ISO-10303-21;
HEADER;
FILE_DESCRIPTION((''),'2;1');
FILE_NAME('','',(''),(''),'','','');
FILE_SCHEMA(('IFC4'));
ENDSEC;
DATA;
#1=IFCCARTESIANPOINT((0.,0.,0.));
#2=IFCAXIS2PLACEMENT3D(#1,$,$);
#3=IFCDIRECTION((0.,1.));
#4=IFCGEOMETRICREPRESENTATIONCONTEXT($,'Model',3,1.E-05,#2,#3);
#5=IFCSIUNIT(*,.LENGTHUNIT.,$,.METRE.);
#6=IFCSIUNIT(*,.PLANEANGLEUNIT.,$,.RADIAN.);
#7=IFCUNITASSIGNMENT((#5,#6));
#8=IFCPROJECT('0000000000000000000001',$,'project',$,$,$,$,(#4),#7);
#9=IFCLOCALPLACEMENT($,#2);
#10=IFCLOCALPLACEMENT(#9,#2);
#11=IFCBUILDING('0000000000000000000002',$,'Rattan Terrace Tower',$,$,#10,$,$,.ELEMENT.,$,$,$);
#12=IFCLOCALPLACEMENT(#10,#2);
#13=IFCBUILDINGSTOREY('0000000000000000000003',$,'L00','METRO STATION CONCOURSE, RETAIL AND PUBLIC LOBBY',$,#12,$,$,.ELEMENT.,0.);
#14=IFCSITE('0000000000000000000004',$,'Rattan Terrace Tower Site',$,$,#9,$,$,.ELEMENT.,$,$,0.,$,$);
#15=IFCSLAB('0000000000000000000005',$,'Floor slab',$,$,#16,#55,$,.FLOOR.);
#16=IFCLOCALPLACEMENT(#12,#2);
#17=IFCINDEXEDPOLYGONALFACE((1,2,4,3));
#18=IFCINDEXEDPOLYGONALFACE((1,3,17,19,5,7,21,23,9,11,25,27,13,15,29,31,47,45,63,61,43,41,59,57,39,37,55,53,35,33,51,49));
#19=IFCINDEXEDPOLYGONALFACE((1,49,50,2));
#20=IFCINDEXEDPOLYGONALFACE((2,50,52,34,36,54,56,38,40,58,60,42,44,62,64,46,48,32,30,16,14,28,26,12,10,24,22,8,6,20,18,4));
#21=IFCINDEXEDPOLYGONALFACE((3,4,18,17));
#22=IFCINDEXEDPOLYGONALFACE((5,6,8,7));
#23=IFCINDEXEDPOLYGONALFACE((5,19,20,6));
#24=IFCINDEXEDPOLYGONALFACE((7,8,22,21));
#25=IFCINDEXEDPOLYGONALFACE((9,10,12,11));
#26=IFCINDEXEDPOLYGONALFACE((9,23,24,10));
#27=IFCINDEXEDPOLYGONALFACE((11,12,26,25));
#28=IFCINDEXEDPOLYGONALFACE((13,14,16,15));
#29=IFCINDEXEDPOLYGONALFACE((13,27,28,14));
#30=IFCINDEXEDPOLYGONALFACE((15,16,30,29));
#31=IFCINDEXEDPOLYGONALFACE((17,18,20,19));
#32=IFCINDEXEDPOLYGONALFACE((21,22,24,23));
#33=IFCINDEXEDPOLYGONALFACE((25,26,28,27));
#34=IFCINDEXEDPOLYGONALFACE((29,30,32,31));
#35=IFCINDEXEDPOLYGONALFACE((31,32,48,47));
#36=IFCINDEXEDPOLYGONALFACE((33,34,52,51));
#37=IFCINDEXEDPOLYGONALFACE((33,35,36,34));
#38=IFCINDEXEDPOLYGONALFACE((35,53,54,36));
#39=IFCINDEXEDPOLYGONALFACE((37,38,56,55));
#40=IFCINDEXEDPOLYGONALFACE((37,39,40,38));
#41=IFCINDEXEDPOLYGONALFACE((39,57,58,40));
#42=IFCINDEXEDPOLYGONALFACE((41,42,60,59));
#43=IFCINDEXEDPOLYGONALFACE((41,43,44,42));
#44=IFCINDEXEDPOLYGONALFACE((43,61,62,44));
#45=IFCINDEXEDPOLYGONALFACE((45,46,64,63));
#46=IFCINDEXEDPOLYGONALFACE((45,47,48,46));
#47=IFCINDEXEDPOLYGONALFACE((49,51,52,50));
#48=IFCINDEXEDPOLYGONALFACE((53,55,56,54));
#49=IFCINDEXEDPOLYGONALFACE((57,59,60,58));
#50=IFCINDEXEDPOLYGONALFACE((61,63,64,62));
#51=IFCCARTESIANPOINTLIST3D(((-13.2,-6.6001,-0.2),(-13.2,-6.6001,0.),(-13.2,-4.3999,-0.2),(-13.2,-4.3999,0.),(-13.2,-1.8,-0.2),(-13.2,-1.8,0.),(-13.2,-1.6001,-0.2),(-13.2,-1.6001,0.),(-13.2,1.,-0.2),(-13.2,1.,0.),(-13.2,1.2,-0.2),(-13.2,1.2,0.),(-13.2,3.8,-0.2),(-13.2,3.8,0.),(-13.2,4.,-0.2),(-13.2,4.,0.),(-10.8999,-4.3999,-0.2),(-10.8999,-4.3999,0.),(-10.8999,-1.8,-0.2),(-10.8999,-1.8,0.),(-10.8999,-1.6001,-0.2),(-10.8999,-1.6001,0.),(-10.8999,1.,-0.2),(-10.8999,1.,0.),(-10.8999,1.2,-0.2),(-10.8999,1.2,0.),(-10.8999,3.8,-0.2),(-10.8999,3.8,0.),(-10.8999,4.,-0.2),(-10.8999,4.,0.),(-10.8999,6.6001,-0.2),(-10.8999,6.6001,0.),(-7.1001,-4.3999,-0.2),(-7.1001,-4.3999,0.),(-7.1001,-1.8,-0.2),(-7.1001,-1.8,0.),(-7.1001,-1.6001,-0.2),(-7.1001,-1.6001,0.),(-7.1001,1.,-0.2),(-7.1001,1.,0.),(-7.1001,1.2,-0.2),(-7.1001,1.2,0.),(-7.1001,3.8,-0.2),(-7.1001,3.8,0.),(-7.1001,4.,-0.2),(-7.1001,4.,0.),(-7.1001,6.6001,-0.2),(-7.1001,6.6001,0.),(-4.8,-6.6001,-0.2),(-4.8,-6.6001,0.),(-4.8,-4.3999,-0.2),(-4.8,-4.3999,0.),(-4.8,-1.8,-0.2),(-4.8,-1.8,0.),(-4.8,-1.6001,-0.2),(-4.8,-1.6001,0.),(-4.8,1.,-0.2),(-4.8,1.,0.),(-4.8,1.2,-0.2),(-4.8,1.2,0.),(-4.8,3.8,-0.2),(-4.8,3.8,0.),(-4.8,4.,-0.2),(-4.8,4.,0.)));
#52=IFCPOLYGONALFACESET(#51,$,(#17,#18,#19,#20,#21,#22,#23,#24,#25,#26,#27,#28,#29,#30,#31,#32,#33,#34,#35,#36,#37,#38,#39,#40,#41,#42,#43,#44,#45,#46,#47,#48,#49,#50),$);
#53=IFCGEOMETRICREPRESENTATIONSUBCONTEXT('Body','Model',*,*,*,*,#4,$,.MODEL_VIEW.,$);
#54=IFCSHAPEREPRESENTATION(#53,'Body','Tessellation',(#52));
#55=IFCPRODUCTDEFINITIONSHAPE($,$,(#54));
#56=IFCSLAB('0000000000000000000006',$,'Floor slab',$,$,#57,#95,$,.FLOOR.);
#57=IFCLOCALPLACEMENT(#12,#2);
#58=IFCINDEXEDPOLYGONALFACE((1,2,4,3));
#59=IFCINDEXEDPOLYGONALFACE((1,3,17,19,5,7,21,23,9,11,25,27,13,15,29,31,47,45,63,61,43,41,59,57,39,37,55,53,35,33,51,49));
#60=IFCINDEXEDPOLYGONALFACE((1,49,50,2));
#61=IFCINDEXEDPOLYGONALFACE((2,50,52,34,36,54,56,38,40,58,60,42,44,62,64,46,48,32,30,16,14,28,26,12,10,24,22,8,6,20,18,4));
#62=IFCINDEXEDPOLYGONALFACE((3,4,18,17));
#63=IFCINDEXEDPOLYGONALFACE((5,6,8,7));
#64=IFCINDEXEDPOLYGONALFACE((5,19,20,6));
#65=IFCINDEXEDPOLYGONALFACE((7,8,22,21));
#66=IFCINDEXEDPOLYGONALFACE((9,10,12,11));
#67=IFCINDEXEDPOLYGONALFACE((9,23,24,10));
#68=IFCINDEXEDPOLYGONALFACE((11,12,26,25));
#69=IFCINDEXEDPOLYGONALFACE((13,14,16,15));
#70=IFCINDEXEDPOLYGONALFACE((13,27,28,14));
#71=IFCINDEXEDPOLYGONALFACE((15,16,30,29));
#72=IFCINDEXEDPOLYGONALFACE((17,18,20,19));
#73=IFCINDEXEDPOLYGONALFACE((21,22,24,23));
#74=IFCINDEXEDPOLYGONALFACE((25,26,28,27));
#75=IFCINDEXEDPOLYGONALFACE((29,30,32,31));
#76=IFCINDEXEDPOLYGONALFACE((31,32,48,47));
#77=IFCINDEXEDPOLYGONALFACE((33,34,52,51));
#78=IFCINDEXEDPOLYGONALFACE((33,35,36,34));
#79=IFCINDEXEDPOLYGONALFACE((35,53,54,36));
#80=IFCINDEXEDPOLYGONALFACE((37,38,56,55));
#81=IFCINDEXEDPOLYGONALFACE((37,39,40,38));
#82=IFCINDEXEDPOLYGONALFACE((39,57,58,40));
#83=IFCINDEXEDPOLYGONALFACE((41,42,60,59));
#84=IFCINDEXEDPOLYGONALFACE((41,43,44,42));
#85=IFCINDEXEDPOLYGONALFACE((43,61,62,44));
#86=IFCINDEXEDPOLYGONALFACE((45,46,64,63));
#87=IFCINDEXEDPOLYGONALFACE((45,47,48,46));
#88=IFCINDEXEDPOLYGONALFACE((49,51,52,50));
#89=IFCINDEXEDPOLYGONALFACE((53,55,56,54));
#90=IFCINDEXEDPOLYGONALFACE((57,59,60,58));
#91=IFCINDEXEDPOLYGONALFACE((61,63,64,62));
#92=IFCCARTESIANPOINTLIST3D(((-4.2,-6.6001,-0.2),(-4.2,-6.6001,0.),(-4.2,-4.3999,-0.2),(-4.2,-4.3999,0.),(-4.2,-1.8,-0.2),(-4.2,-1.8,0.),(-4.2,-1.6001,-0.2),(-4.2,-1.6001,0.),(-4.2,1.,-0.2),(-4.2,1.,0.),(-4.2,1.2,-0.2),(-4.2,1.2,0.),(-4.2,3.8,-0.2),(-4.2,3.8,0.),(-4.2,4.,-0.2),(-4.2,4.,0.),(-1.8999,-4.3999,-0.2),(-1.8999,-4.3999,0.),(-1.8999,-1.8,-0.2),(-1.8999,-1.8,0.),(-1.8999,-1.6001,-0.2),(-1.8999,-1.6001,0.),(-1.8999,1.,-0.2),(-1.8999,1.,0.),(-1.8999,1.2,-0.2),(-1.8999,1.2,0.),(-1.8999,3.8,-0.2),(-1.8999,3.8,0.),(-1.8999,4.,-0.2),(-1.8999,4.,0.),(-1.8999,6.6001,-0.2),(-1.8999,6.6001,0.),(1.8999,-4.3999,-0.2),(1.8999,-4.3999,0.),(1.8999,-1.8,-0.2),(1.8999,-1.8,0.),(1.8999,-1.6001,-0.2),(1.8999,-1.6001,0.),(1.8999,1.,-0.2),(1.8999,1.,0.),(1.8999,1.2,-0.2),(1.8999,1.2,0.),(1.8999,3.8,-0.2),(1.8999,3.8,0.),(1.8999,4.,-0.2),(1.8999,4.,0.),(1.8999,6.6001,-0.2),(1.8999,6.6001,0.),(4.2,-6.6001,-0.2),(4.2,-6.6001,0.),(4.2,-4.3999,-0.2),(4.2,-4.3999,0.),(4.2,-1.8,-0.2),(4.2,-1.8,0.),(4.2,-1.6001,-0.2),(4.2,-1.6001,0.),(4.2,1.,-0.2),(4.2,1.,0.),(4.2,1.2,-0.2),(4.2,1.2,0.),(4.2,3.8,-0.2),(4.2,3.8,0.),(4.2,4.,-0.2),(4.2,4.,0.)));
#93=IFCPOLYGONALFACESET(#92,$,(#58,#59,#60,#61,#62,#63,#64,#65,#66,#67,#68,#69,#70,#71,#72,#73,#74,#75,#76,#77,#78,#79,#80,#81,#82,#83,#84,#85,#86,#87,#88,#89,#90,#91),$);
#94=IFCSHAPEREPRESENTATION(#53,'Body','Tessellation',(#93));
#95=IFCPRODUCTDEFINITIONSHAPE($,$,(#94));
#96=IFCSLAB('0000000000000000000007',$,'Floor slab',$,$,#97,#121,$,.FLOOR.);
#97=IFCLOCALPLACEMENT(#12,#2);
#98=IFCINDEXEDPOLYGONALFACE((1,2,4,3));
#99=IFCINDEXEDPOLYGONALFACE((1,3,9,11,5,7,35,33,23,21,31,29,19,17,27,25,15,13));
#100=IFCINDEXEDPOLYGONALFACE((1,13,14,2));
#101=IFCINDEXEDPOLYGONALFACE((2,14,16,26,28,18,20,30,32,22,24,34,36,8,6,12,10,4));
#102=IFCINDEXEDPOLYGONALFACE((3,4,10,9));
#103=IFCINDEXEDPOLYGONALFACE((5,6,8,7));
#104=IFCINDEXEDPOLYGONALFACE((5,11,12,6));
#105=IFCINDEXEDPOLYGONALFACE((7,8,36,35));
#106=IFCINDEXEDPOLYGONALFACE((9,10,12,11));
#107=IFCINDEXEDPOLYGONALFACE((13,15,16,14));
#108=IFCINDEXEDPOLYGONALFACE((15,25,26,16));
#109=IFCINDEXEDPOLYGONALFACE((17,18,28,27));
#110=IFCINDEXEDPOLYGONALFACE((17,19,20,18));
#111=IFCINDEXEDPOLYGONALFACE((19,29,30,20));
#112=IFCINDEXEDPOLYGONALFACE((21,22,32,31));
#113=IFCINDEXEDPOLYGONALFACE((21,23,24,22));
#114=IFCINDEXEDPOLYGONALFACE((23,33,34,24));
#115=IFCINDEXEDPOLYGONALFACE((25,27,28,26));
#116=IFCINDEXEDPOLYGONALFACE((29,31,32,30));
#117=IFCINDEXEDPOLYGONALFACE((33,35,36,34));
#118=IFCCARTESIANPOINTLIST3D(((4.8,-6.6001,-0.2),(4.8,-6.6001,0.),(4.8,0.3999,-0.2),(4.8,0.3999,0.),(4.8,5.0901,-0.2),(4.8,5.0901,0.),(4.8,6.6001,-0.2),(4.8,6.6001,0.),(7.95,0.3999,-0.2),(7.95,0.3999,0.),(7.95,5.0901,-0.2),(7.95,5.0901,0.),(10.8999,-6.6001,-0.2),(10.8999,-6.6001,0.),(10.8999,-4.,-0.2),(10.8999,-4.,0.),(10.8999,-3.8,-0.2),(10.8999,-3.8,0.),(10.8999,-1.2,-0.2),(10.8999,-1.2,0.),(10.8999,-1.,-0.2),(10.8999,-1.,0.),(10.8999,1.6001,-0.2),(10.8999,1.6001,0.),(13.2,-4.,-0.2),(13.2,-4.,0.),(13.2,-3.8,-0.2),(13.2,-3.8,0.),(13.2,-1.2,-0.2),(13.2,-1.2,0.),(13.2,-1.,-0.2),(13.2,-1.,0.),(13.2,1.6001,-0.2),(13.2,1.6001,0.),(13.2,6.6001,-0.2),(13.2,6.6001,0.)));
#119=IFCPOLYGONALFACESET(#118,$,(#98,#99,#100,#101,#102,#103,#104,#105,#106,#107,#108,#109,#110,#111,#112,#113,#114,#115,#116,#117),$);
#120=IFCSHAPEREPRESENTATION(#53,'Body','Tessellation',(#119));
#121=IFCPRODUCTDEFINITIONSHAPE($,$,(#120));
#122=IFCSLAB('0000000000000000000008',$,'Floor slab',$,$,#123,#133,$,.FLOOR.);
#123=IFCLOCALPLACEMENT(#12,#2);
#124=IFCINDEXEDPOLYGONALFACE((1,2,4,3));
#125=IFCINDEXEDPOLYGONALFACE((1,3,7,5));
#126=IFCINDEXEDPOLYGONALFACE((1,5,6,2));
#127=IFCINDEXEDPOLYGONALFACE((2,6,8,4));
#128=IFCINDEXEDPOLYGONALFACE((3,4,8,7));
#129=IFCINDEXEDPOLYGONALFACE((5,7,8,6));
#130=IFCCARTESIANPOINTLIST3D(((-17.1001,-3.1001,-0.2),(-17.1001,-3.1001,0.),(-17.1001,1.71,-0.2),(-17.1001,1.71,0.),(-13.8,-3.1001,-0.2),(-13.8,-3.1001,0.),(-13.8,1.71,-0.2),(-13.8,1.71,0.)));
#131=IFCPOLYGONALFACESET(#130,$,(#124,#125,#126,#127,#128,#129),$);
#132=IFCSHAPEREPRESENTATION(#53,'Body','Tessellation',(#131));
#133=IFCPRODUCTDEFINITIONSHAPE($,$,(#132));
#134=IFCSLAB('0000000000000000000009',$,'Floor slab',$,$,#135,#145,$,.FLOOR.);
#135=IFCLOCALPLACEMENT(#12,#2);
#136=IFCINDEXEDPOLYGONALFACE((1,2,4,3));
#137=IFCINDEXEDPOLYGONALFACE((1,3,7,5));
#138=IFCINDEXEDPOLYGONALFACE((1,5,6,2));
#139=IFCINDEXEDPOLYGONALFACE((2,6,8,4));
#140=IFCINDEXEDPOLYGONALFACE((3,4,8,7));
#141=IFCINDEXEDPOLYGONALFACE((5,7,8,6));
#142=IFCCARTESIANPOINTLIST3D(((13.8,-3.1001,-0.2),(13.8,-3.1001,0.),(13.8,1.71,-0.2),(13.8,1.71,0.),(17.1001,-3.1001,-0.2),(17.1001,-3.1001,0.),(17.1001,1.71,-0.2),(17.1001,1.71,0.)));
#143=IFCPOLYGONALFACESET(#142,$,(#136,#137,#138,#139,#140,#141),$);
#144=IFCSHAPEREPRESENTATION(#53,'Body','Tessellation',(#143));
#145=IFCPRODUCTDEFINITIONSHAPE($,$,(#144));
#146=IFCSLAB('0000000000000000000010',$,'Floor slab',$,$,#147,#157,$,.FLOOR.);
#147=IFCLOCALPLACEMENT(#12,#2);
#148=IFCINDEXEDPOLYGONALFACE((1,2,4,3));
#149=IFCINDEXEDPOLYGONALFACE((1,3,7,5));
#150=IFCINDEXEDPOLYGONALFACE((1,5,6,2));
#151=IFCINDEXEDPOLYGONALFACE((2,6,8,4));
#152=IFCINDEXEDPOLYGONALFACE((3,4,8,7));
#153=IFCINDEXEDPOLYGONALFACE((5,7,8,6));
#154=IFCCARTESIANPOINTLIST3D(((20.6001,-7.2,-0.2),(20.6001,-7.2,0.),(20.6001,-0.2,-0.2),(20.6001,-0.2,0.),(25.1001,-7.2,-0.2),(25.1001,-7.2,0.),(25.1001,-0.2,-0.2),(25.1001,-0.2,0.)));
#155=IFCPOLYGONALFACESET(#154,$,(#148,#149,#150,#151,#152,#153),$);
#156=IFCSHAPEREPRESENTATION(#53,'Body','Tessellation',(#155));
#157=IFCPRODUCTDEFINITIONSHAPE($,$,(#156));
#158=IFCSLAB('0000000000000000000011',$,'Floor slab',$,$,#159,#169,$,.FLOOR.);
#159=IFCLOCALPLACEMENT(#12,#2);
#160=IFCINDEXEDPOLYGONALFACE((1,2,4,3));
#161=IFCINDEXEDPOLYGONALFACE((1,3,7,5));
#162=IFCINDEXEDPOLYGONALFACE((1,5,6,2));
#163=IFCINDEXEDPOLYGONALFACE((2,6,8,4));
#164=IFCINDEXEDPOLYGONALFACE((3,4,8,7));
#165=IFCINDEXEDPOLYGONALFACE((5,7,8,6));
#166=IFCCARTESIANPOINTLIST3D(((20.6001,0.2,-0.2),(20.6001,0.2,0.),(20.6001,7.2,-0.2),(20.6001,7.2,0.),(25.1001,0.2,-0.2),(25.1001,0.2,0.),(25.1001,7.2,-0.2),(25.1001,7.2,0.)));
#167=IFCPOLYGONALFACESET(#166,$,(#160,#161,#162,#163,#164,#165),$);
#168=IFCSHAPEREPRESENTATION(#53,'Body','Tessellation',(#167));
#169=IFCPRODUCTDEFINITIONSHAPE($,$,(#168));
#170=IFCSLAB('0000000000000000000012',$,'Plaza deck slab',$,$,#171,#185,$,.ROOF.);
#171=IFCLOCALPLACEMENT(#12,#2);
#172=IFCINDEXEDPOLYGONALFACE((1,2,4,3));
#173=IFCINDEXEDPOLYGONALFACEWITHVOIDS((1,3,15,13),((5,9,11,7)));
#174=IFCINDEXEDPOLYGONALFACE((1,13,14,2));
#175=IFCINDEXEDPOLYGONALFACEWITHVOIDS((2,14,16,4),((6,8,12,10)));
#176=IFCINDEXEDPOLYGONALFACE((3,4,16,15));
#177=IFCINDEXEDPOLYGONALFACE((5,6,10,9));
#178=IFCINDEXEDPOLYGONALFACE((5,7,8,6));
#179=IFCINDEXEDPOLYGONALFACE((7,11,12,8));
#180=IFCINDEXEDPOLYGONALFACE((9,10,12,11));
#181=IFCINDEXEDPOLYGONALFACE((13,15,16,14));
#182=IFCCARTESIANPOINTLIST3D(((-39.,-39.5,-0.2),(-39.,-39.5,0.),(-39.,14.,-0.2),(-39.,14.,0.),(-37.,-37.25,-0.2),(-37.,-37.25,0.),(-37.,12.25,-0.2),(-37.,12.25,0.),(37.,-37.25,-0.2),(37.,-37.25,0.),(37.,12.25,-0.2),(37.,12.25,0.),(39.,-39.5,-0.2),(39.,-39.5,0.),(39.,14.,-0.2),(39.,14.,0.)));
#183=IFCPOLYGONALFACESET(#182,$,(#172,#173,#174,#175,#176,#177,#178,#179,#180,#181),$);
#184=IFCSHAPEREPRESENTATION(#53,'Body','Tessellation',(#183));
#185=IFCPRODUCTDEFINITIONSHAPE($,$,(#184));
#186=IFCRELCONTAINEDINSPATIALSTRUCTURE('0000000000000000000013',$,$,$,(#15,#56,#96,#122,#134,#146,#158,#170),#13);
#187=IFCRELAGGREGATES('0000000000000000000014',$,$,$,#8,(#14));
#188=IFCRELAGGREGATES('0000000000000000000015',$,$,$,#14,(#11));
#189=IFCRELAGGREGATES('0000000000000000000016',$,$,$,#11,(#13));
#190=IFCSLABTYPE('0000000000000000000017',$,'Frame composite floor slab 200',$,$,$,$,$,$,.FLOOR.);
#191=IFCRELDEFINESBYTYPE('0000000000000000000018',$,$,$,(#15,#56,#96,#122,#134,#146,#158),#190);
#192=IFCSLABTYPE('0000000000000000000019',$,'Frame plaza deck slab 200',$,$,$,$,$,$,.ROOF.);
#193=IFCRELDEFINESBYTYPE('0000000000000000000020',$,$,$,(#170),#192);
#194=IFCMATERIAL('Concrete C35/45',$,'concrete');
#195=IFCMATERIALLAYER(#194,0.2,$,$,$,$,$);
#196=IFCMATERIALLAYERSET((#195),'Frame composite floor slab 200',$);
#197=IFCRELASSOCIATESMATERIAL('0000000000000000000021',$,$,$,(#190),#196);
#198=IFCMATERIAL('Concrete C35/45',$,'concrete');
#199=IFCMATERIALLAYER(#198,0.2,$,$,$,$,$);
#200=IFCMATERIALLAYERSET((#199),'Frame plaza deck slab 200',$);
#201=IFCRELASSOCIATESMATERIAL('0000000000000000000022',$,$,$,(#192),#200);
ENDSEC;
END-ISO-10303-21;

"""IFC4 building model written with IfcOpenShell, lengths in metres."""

from ifc_helpers import new_model, si_unit, direction, frame, origin, place, context, subcontext, project, spatial, polyline, outline, extrude, material, layer, layer_set, type_object, element, save


model = new_model("IFC4")

# Units and contexts
model_context = context("Model", 3, precision=1e-05, world=origin(), true_north=direction((0.0, 1.0)))
body_context = subcontext(model_context, "Body", "Model", "MODEL_VIEW")
ifc_project = project(units=[si_unit("LENGTHUNIT", "METRE"), si_unit("PLANEANGLEUNIT", "RADIAN")], contexts=[model_context])

# Site, building, storey
site_placement = place(None, origin())
site = spatial("IfcSite", under=ifc_project, at=site_placement, Name="Rattan Terrace Tower Site", CompositionType="ELEMENT", RefElevation=0.0)
building_placement = place(site_placement, origin())
building = spatial("IfcBuilding", under=site, at=building_placement, Name="Rattan Terrace Tower", CompositionType="ELEMENT")
storey_placement = place(building_placement, origin())
storey = spatial("IfcBuildingStorey", under=building, at=storey_placement, Name="L00", Description="METRO STATION CONCOURSE, RETAIL AND PUBLIC LOBBY", CompositionType="ELEMENT", Elevation=0.0)

# Slabs
ifc_material_1 = material(Name="Concrete C35/45", Category="concrete")
ifc_layer_1 = layer(ifc_material_1, 0.2)
ifc_layer_set_1 = layer_set([ifc_layer_1], Name="Frame composite floor slab 200")
slab_type_1 = type_object("IfcSlabType", Name="Frame composite floor slab 200", PredefinedType="FLOOR", material=ifc_layer_set_1)
slab_1_placement = place(storey_placement, frame((0.0, 0.0, -0.2)))
element("IfcSlab", 1, at=slab_1_placement, inside=storey, type_object=slab_type_1, Name="Floor slab", PredefinedType="FLOOR", context=body_context, shape_type="SweptSolid", body=[
    extrude(outline(polyline([(-13.2, 4.0), (-13.2, 3.8), (-10.8999, 3.8), (-10.8999, 1.2), (-13.2, 1.2), (-13.2, 1.0), (-10.8999, 1.0), (-10.8999, -1.6001), (-13.2, -1.6001), (-13.2, -1.8), (-10.8999, -1.8), (-10.8999, -4.3999), (-13.2, -4.3999), (-13.2, -6.6001), (-4.8, -6.6001), (-4.8, -4.3999), (-7.1001, -4.3999), (-7.1001, -1.8), (-4.8, -1.8), (-4.8, -1.6001), (-7.1001, -1.6001), (-7.1001, 1.0), (-4.8, 1.0), (-4.8, 1.2), (-7.1001, 1.2), (-7.1001, 3.8), (-4.8, 3.8), (-4.8, 4.0), (-7.1001, 4.0), (-7.1001, 6.6001), (-10.8999, 6.6001), (-10.8999, 4.0), (-13.2, 4.0)])), origin(), (0.0, 0.0, 1.0), 0.2),
])
slab_2_placement = place(storey_placement, frame((0.0, 0.0, -0.2)))
element("IfcSlab", 2, at=slab_2_placement, inside=storey, type_object=slab_type_1, Name="Floor slab", PredefinedType="FLOOR", context=body_context, shape_type="SweptSolid", body=[
    extrude(outline(polyline([(-4.2, -6.6001), (4.2, -6.6001), (4.2, -4.3999), (1.8999, -4.3999), (1.8999, -1.8), (4.2, -1.8), (4.2, -1.6001), (1.8999, -1.6001), (1.8999, 1.0), (4.2, 1.0), (4.2, 1.2), (1.8999, 1.2), (1.8999, 3.8), (4.2, 3.8), (4.2, 4.0), (1.8999, 4.0), (1.8999, 6.6001), (-1.8999, 6.6001), (-1.8999, 4.0), (-4.2, 4.0), (-4.2, 3.8), (-1.8999, 3.8), (-1.8999, 1.2), (-4.2, 1.2), (-4.2, 1.0), (-1.8999, 1.0), (-1.8999, -1.6001), (-4.2, -1.6001), (-4.2, -1.8), (-1.8999, -1.8), (-1.8999, -4.3999), (-4.2, -4.3999), (-4.2, -6.6001)])), origin(), (0.0, 0.0, 1.0), 0.2),
])
slab_3_placement = place(storey_placement, frame((0.0, 0.0, -0.2)))
element("IfcSlab", 3, at=slab_3_placement, inside=storey, type_object=slab_type_1, Name="Floor slab", PredefinedType="FLOOR", context=body_context, shape_type="SweptSolid", body=[
    extrude(outline(polyline([(4.8, -6.6001), (10.8999, -6.6001), (10.8999, -4.0), (13.2, -4.0), (13.2, -3.8), (10.8999, -3.8), (10.8999, -1.2), (13.2, -1.2), (13.2, -1.0), (10.8999, -1.0), (10.8999, 1.6001), (13.2, 1.6001), (13.2, 6.6001), (4.8, 6.6001), (4.8, 5.0901), (7.95, 5.0901), (7.95, 0.3999), (4.8, 0.3999), (4.8, -6.6001)])), origin(), (0.0, 0.0, 1.0), 0.2),
])
slab_4_placement = place(storey_placement, frame((0.0, 0.0, -0.2)))
element("IfcSlab", 4, at=slab_4_placement, inside=storey, type_object=slab_type_1, Name="Floor slab", PredefinedType="FLOOR", context=body_context, shape_type="SweptSolid", body=[
    extrude(outline(polyline([(-17.1001, -3.1001), (-13.8, -3.1001), (-13.8, 1.71), (-17.1001, 1.71), (-17.1001, -3.1001)])), origin(), (0.0, 0.0, 1.0), 0.2),
])
slab_5_placement = place(storey_placement, frame((0.0, 0.0, -0.2)))
element("IfcSlab", 5, at=slab_5_placement, inside=storey, type_object=slab_type_1, Name="Floor slab", PredefinedType="FLOOR", context=body_context, shape_type="SweptSolid", body=[
    extrude(outline(polyline([(17.1001, -3.1001), (17.1001, 1.71), (13.8, 1.71), (13.8, -3.1001), (17.1001, -3.1001)])), origin(), (0.0, 0.0, 1.0), 0.2),
])
slab_6_placement = place(storey_placement, frame((0.0, 0.0, -0.2)))
element("IfcSlab", 6, at=slab_6_placement, inside=storey, type_object=slab_type_1, Name="Floor slab", PredefinedType="FLOOR", context=body_context, shape_type="SweptSolid", body=[
    extrude(outline(polyline([(20.6001, -0.2), (20.6001, -7.2), (25.1001, -7.2), (25.1001, -0.2), (20.6001, -0.2)])), origin(), (0.0, 0.0, 1.0), 0.2),
])
slab_7_placement = place(storey_placement, frame((0.0, 0.0, -0.2)))
element("IfcSlab", 7, at=slab_7_placement, inside=storey, type_object=slab_type_1, Name="Floor slab", PredefinedType="FLOOR", context=body_context, shape_type="SweptSolid", body=[
    extrude(outline(polyline([(20.6001, 0.2), (25.1001, 0.2), (25.1001, 7.2), (20.6001, 7.2), (20.6001, 0.2)])), origin(), (0.0, 0.0, 1.0), 0.2),
])
ifc_material_2 = material(Name="Concrete C35/45", Category="concrete")
ifc_layer_2 = layer(ifc_material_2, 0.2)
ifc_layer_set_2 = layer_set([ifc_layer_2], Name="Frame plaza deck slab 200")
slab_type_2 = type_object("IfcSlabType", Name="Frame plaza deck slab 200", PredefinedType="ROOF", material=ifc_layer_set_2)
slab_8_placement = place(storey_placement, frame((0.0, 0.0, -0.2)))
element("IfcSlab", 8, at=slab_8_placement, inside=storey, type_object=slab_type_2, Name="Plaza deck slab", PredefinedType="ROOF", context=body_context, shape_type="SweptSolid", body=[
    extrude(outline(polyline([(-39.0, -39.5), (39.0, -39.5), (39.0, 14.0), (-39.0, 14.0), (-39.0, -39.5)]), holes=[polyline([(37.0, 12.25), (-37.0, 12.25), (-37.0, -37.25), (37.0, -37.25), (37.0, 12.25)])]), origin(), (0.0, 0.0, 1.0), 0.2),
])

save(model, "model.ifc")
